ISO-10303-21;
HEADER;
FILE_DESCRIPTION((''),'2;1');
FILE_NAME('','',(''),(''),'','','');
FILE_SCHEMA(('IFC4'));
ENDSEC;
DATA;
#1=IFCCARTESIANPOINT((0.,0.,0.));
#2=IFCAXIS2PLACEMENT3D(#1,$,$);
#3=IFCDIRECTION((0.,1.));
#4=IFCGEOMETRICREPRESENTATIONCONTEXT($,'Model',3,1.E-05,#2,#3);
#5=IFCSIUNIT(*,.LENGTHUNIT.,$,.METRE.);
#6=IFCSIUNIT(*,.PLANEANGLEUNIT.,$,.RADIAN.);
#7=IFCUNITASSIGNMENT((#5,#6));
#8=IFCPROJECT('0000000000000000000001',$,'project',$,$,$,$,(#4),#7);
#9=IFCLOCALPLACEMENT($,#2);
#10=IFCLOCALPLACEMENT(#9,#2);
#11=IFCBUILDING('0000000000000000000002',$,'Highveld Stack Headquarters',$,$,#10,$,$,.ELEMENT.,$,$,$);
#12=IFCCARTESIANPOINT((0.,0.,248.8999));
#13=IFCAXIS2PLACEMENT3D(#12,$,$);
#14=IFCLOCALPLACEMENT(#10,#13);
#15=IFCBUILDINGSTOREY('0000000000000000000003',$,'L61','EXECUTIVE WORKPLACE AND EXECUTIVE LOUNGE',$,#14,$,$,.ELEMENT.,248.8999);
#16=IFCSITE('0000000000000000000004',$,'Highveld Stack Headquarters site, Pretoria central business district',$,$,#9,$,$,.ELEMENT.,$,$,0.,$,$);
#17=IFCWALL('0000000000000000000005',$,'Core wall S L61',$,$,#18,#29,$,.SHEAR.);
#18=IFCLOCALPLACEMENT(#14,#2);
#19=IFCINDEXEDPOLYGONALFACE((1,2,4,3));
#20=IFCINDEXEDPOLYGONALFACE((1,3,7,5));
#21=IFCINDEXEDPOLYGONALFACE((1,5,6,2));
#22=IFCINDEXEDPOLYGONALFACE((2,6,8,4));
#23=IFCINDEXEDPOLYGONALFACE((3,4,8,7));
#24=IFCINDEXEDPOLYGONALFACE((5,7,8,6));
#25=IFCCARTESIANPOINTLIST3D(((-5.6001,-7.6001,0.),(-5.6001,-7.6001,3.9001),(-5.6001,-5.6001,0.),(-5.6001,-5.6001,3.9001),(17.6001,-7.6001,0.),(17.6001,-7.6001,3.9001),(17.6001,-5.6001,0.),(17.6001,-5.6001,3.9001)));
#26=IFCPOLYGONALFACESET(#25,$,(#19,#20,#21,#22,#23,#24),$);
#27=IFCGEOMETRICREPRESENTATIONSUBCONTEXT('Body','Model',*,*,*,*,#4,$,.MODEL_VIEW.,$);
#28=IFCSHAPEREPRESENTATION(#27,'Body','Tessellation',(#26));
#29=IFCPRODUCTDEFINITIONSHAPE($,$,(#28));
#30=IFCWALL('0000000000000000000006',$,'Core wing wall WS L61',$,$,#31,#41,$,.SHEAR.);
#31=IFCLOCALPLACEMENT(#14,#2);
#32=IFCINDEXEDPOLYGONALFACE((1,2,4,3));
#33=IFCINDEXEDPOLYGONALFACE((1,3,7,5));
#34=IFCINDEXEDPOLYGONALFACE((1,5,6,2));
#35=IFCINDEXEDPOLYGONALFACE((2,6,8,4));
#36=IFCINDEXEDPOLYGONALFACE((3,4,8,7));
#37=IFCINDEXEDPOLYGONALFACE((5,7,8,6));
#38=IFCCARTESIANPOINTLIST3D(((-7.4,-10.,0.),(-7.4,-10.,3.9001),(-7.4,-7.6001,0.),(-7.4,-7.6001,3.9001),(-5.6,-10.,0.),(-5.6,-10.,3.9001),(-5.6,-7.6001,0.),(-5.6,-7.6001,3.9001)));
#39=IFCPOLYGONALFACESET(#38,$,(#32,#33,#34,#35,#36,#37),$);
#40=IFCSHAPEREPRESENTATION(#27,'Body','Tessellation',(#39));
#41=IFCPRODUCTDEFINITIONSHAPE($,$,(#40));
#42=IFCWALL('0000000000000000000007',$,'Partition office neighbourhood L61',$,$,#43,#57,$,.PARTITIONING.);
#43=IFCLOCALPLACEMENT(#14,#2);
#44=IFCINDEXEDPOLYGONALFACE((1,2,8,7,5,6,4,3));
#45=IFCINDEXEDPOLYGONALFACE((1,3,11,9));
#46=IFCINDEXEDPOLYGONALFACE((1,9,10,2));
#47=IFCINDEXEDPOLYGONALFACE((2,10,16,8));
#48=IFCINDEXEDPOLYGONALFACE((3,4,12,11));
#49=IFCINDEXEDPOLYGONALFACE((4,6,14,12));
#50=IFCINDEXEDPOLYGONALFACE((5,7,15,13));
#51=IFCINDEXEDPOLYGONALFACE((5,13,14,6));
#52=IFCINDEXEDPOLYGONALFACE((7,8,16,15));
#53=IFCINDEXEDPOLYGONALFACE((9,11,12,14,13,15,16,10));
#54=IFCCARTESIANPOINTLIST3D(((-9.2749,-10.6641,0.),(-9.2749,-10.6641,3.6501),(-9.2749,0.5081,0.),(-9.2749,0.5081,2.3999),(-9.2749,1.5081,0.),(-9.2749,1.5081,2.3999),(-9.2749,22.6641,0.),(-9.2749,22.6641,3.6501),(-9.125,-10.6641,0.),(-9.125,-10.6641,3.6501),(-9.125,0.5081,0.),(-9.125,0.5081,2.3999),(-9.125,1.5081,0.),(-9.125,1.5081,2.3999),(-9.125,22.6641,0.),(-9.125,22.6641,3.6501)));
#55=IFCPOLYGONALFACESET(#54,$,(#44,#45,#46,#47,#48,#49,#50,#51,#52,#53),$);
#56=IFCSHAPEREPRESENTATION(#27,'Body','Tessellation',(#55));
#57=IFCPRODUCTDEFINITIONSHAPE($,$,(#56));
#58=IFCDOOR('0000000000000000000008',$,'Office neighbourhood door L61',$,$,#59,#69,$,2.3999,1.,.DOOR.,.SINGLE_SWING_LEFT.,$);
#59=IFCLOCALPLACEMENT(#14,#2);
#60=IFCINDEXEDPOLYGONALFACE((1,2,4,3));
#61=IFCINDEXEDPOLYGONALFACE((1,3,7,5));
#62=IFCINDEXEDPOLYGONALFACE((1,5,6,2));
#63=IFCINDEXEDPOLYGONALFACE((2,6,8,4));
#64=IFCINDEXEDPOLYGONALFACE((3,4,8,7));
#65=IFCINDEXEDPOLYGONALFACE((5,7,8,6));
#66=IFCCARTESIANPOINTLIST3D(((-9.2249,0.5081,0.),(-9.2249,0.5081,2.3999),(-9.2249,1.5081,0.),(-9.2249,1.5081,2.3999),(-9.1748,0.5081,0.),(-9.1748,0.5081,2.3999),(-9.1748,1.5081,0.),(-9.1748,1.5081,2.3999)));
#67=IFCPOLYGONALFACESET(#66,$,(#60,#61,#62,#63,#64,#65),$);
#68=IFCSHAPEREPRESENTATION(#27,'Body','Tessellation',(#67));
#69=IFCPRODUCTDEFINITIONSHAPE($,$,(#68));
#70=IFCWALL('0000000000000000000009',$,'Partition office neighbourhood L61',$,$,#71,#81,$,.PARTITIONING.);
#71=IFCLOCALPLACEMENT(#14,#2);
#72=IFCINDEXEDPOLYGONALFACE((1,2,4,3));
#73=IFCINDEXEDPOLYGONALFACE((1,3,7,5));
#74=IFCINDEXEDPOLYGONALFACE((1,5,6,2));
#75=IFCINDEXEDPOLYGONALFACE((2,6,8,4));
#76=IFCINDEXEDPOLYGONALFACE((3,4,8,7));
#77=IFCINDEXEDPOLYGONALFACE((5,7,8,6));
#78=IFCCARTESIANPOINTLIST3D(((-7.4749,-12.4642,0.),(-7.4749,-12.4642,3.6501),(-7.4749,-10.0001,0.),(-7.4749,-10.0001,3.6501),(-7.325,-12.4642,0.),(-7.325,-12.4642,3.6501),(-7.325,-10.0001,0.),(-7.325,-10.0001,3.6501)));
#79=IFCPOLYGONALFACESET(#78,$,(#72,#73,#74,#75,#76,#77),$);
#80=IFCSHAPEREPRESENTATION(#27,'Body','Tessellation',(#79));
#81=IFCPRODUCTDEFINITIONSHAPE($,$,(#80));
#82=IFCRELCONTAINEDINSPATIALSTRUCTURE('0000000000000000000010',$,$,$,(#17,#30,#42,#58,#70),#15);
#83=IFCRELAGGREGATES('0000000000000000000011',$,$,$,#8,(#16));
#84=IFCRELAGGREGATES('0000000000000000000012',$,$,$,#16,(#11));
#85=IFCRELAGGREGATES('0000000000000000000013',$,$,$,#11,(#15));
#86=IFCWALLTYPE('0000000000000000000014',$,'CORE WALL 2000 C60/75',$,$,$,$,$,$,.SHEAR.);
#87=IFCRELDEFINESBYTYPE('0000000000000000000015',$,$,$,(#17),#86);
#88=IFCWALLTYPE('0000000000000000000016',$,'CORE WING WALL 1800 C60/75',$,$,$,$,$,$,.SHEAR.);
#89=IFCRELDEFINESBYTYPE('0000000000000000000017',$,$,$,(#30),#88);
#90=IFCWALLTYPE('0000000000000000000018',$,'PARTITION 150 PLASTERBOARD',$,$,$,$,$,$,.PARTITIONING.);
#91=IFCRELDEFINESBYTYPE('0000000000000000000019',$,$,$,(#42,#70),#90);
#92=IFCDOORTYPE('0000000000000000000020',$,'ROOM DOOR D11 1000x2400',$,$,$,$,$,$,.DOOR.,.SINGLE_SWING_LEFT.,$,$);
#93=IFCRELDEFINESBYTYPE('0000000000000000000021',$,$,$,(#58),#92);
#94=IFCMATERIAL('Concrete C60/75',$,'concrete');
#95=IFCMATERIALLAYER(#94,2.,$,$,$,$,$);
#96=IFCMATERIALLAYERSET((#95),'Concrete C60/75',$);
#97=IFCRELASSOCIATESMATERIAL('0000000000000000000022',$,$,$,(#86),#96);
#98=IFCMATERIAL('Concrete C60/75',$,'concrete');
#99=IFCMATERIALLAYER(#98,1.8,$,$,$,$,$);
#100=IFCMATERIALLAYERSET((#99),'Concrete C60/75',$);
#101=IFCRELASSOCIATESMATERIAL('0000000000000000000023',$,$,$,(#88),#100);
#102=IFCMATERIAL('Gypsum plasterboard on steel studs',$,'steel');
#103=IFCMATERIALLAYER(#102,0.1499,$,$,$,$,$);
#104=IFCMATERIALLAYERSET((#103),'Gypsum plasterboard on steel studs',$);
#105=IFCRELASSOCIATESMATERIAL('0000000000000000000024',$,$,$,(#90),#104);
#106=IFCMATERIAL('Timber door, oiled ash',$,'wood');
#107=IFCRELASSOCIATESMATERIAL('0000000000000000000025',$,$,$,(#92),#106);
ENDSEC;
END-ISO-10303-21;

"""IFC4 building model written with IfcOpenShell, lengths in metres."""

from ifc_helpers import new_model, si_unit, direction, frame, frame_2d, origin, place, context, subcontext, project, spatial, rectangle, extrude, material, layer, layer_set, type_object, element, fill, save


model = new_model("IFC4")

# Units and contexts
model_context = context("Model", 3, precision=1e-05, world=origin(), true_north=direction((0.0, 1.0)))
body_context = subcontext(model_context, "Body", "Model", "MODEL_VIEW")
ifc_project = project(units=[si_unit("LENGTHUNIT", "METRE"), si_unit("PLANEANGLEUNIT", "RADIAN")], contexts=[model_context])

# Site, building, storey
site_placement = place(None, origin())
site = spatial("IfcSite", under=ifc_project, at=site_placement, Name="Highveld Stack Headquarters site, Pretoria central business district", CompositionType="ELEMENT", RefElevation=0.0)
building_placement = place(site_placement, origin())
building = spatial("IfcBuilding", under=site, at=building_placement, Name="Highveld Stack Headquarters", CompositionType="ELEMENT")
storey_placement = place(building_placement, frame((0.0, 0.0, 248.8999)))
storey = spatial("IfcBuildingStorey", under=building, at=storey_placement, Name="L61", Description="EXECUTIVE WORKPLACE AND EXECUTIVE LOUNGE", CompositionType="ELEMENT", Elevation=248.8999)

# Walls
ifc_material_1 = material(Name="Concrete C60/75", Category="concrete")
ifc_layer_1 = layer(ifc_material_1, 2.0)
ifc_layer_set_1 = layer_set([ifc_layer_1], Name="Concrete C60/75")
wall_type_1 = type_object("IfcWallType", Name="CORE WALL 2000 C60/75", PredefinedType="SHEAR", material=ifc_layer_set_1)
wall_1_placement = place(storey_placement, frame((-5.6001, -6.6001, 0.0), z_axis=(0.0, 0.0, 1.0), x_axis=(1.0, 0.0, 0.0)))
element("IfcWall", 1, at=wall_1_placement, inside=storey, type_object=wall_type_1, Name="Core wall S L61", PredefinedType="SHEAR", context=body_context, shape_type="SweptSolid", body=[
    extrude(rectangle(XDim=23.2002, YDim=2.0, at=frame_2d((11.6001, 0.0))), origin(), (0.0, 0.0, 1.0), 3.9001),
])
ifc_material_2 = material(Name="Concrete C60/75", Category="concrete")
ifc_layer_2 = layer(ifc_material_2, 1.8)
ifc_layer_set_2 = layer_set([ifc_layer_2], Name="Concrete C60/75")
wall_type_2 = type_object("IfcWallType", Name="CORE WING WALL 1800 C60/75", PredefinedType="SHEAR", material=ifc_layer_set_2)
wall_2_placement = place(storey_placement, frame((-6.5, -10.0, 0.0), z_axis=(0.0, 0.0, 1.0), x_axis=(0.0, 1.0, 0.0)))
element("IfcWall", 2, at=wall_2_placement, inside=storey, type_object=wall_type_2, Name="Core wing wall WS L61", PredefinedType="SHEAR", context=body_context, shape_type="SweptSolid", body=[
    extrude(rectangle(XDim=2.3999, YDim=1.8, at=frame_2d((1.2, 0.0))), origin(), (0.0, 0.0, 1.0), 3.9001),
])

# Wall, opening, door
ifc_material_3 = material(Name="Gypsum plasterboard on steel studs", Category="steel")
ifc_layer_3 = layer(ifc_material_3, 0.1499)
ifc_layer_set_3 = layer_set([ifc_layer_3], Name="Gypsum plasterboard on steel studs")
wall_type_3 = type_object("IfcWallType", Name="PARTITION 150 PLASTERBOARD", PredefinedType="PARTITIONING", material=ifc_layer_set_3)
wall_3_placement = place(storey_placement, frame((-9.2, -10.6641, 0.0), z_axis=(0.0, 0.0, 1.0), x_axis=(0.0, 1.0, 0.0)))
wall_3 = element("IfcWall", 3, at=wall_3_placement, inside=storey, type_object=wall_type_3, Name="Partition office neighbourhood L61", PredefinedType="PARTITIONING", context=body_context, shape_type="SweptSolid", body=[
    extrude(rectangle(XDim=33.3281, YDim=0.1499, at=frame_2d((16.6641, 0.0))), origin(), (0.0, 0.0, 1.0), 3.6501),
])
opening_1_placement = place(wall_3_placement, frame((11.1721, 0.0, 0.0)))
opening_1 = element("IfcOpeningElement", 4, at=opening_1_placement, cuts=wall_3, PredefinedType="OPENING", context=body_context, shape_type="SweptSolid", body=[
    extrude(rectangle(XDim=1.0, YDim=2.3999, at=frame_2d((0.5, 1.2))), frame((0.0, 0.085, 0.0), z_axis=(0.0, -1.0, 0.0), x_axis=(1.0, 0.0, 0.0)), (0.0, 0.0, 1.0), 0.1699),
])
ifc_material_4 = material(Name="Timber door, oiled ash", Category="wood")
door_type_1 = type_object("IfcDoorType", Name="ROOM DOOR D11 1000x2400", OperationType="SINGLE_SWING_LEFT", PredefinedType="DOOR", material=ifc_material_4)
door_1_placement = place(opening_1_placement, origin())
door_1 = element("IfcDoor", 5, at=door_1_placement, inside=storey, type_object=door_type_1, Name="Office neighbourhood door L61", OperationType="SINGLE_SWING_LEFT", OverallHeight=2.3999, OverallWidth=1.0, PredefinedType="DOOR", context=body_context, shape_type="SweptSolid", body=[
    extrude(rectangle(XDim=1.0, YDim=2.3999, at=frame_2d((0.5, 1.2))), frame((0.0, 0.0249, 0.0), z_axis=(0.0, -1.0, 0.0), x_axis=(1.0, 0.0, 0.0)), (0.0, 0.0, 1.0), 0.05),
])
fill(opening_1, door_1)

# Wall
wall_4_placement = place(storey_placement, frame((-7.3999, -12.4641, 0.0), z_axis=(0.0, 0.0, 1.0), x_axis=(0.0, 1.0, 0.0)))
element("IfcWall", 6, at=wall_4_placement, inside=storey, type_object=wall_type_3, Name="Partition office neighbourhood L61", PredefinedType="PARTITIONING", context=body_context, shape_type="SweptSolid", body=[
    extrude(rectangle(XDim=2.4641, YDim=0.1499, at=frame_2d((1.2319, 0.0))), origin(), (0.0, 0.0, 1.0), 3.6501),
])

save(model, "model.ifc")
